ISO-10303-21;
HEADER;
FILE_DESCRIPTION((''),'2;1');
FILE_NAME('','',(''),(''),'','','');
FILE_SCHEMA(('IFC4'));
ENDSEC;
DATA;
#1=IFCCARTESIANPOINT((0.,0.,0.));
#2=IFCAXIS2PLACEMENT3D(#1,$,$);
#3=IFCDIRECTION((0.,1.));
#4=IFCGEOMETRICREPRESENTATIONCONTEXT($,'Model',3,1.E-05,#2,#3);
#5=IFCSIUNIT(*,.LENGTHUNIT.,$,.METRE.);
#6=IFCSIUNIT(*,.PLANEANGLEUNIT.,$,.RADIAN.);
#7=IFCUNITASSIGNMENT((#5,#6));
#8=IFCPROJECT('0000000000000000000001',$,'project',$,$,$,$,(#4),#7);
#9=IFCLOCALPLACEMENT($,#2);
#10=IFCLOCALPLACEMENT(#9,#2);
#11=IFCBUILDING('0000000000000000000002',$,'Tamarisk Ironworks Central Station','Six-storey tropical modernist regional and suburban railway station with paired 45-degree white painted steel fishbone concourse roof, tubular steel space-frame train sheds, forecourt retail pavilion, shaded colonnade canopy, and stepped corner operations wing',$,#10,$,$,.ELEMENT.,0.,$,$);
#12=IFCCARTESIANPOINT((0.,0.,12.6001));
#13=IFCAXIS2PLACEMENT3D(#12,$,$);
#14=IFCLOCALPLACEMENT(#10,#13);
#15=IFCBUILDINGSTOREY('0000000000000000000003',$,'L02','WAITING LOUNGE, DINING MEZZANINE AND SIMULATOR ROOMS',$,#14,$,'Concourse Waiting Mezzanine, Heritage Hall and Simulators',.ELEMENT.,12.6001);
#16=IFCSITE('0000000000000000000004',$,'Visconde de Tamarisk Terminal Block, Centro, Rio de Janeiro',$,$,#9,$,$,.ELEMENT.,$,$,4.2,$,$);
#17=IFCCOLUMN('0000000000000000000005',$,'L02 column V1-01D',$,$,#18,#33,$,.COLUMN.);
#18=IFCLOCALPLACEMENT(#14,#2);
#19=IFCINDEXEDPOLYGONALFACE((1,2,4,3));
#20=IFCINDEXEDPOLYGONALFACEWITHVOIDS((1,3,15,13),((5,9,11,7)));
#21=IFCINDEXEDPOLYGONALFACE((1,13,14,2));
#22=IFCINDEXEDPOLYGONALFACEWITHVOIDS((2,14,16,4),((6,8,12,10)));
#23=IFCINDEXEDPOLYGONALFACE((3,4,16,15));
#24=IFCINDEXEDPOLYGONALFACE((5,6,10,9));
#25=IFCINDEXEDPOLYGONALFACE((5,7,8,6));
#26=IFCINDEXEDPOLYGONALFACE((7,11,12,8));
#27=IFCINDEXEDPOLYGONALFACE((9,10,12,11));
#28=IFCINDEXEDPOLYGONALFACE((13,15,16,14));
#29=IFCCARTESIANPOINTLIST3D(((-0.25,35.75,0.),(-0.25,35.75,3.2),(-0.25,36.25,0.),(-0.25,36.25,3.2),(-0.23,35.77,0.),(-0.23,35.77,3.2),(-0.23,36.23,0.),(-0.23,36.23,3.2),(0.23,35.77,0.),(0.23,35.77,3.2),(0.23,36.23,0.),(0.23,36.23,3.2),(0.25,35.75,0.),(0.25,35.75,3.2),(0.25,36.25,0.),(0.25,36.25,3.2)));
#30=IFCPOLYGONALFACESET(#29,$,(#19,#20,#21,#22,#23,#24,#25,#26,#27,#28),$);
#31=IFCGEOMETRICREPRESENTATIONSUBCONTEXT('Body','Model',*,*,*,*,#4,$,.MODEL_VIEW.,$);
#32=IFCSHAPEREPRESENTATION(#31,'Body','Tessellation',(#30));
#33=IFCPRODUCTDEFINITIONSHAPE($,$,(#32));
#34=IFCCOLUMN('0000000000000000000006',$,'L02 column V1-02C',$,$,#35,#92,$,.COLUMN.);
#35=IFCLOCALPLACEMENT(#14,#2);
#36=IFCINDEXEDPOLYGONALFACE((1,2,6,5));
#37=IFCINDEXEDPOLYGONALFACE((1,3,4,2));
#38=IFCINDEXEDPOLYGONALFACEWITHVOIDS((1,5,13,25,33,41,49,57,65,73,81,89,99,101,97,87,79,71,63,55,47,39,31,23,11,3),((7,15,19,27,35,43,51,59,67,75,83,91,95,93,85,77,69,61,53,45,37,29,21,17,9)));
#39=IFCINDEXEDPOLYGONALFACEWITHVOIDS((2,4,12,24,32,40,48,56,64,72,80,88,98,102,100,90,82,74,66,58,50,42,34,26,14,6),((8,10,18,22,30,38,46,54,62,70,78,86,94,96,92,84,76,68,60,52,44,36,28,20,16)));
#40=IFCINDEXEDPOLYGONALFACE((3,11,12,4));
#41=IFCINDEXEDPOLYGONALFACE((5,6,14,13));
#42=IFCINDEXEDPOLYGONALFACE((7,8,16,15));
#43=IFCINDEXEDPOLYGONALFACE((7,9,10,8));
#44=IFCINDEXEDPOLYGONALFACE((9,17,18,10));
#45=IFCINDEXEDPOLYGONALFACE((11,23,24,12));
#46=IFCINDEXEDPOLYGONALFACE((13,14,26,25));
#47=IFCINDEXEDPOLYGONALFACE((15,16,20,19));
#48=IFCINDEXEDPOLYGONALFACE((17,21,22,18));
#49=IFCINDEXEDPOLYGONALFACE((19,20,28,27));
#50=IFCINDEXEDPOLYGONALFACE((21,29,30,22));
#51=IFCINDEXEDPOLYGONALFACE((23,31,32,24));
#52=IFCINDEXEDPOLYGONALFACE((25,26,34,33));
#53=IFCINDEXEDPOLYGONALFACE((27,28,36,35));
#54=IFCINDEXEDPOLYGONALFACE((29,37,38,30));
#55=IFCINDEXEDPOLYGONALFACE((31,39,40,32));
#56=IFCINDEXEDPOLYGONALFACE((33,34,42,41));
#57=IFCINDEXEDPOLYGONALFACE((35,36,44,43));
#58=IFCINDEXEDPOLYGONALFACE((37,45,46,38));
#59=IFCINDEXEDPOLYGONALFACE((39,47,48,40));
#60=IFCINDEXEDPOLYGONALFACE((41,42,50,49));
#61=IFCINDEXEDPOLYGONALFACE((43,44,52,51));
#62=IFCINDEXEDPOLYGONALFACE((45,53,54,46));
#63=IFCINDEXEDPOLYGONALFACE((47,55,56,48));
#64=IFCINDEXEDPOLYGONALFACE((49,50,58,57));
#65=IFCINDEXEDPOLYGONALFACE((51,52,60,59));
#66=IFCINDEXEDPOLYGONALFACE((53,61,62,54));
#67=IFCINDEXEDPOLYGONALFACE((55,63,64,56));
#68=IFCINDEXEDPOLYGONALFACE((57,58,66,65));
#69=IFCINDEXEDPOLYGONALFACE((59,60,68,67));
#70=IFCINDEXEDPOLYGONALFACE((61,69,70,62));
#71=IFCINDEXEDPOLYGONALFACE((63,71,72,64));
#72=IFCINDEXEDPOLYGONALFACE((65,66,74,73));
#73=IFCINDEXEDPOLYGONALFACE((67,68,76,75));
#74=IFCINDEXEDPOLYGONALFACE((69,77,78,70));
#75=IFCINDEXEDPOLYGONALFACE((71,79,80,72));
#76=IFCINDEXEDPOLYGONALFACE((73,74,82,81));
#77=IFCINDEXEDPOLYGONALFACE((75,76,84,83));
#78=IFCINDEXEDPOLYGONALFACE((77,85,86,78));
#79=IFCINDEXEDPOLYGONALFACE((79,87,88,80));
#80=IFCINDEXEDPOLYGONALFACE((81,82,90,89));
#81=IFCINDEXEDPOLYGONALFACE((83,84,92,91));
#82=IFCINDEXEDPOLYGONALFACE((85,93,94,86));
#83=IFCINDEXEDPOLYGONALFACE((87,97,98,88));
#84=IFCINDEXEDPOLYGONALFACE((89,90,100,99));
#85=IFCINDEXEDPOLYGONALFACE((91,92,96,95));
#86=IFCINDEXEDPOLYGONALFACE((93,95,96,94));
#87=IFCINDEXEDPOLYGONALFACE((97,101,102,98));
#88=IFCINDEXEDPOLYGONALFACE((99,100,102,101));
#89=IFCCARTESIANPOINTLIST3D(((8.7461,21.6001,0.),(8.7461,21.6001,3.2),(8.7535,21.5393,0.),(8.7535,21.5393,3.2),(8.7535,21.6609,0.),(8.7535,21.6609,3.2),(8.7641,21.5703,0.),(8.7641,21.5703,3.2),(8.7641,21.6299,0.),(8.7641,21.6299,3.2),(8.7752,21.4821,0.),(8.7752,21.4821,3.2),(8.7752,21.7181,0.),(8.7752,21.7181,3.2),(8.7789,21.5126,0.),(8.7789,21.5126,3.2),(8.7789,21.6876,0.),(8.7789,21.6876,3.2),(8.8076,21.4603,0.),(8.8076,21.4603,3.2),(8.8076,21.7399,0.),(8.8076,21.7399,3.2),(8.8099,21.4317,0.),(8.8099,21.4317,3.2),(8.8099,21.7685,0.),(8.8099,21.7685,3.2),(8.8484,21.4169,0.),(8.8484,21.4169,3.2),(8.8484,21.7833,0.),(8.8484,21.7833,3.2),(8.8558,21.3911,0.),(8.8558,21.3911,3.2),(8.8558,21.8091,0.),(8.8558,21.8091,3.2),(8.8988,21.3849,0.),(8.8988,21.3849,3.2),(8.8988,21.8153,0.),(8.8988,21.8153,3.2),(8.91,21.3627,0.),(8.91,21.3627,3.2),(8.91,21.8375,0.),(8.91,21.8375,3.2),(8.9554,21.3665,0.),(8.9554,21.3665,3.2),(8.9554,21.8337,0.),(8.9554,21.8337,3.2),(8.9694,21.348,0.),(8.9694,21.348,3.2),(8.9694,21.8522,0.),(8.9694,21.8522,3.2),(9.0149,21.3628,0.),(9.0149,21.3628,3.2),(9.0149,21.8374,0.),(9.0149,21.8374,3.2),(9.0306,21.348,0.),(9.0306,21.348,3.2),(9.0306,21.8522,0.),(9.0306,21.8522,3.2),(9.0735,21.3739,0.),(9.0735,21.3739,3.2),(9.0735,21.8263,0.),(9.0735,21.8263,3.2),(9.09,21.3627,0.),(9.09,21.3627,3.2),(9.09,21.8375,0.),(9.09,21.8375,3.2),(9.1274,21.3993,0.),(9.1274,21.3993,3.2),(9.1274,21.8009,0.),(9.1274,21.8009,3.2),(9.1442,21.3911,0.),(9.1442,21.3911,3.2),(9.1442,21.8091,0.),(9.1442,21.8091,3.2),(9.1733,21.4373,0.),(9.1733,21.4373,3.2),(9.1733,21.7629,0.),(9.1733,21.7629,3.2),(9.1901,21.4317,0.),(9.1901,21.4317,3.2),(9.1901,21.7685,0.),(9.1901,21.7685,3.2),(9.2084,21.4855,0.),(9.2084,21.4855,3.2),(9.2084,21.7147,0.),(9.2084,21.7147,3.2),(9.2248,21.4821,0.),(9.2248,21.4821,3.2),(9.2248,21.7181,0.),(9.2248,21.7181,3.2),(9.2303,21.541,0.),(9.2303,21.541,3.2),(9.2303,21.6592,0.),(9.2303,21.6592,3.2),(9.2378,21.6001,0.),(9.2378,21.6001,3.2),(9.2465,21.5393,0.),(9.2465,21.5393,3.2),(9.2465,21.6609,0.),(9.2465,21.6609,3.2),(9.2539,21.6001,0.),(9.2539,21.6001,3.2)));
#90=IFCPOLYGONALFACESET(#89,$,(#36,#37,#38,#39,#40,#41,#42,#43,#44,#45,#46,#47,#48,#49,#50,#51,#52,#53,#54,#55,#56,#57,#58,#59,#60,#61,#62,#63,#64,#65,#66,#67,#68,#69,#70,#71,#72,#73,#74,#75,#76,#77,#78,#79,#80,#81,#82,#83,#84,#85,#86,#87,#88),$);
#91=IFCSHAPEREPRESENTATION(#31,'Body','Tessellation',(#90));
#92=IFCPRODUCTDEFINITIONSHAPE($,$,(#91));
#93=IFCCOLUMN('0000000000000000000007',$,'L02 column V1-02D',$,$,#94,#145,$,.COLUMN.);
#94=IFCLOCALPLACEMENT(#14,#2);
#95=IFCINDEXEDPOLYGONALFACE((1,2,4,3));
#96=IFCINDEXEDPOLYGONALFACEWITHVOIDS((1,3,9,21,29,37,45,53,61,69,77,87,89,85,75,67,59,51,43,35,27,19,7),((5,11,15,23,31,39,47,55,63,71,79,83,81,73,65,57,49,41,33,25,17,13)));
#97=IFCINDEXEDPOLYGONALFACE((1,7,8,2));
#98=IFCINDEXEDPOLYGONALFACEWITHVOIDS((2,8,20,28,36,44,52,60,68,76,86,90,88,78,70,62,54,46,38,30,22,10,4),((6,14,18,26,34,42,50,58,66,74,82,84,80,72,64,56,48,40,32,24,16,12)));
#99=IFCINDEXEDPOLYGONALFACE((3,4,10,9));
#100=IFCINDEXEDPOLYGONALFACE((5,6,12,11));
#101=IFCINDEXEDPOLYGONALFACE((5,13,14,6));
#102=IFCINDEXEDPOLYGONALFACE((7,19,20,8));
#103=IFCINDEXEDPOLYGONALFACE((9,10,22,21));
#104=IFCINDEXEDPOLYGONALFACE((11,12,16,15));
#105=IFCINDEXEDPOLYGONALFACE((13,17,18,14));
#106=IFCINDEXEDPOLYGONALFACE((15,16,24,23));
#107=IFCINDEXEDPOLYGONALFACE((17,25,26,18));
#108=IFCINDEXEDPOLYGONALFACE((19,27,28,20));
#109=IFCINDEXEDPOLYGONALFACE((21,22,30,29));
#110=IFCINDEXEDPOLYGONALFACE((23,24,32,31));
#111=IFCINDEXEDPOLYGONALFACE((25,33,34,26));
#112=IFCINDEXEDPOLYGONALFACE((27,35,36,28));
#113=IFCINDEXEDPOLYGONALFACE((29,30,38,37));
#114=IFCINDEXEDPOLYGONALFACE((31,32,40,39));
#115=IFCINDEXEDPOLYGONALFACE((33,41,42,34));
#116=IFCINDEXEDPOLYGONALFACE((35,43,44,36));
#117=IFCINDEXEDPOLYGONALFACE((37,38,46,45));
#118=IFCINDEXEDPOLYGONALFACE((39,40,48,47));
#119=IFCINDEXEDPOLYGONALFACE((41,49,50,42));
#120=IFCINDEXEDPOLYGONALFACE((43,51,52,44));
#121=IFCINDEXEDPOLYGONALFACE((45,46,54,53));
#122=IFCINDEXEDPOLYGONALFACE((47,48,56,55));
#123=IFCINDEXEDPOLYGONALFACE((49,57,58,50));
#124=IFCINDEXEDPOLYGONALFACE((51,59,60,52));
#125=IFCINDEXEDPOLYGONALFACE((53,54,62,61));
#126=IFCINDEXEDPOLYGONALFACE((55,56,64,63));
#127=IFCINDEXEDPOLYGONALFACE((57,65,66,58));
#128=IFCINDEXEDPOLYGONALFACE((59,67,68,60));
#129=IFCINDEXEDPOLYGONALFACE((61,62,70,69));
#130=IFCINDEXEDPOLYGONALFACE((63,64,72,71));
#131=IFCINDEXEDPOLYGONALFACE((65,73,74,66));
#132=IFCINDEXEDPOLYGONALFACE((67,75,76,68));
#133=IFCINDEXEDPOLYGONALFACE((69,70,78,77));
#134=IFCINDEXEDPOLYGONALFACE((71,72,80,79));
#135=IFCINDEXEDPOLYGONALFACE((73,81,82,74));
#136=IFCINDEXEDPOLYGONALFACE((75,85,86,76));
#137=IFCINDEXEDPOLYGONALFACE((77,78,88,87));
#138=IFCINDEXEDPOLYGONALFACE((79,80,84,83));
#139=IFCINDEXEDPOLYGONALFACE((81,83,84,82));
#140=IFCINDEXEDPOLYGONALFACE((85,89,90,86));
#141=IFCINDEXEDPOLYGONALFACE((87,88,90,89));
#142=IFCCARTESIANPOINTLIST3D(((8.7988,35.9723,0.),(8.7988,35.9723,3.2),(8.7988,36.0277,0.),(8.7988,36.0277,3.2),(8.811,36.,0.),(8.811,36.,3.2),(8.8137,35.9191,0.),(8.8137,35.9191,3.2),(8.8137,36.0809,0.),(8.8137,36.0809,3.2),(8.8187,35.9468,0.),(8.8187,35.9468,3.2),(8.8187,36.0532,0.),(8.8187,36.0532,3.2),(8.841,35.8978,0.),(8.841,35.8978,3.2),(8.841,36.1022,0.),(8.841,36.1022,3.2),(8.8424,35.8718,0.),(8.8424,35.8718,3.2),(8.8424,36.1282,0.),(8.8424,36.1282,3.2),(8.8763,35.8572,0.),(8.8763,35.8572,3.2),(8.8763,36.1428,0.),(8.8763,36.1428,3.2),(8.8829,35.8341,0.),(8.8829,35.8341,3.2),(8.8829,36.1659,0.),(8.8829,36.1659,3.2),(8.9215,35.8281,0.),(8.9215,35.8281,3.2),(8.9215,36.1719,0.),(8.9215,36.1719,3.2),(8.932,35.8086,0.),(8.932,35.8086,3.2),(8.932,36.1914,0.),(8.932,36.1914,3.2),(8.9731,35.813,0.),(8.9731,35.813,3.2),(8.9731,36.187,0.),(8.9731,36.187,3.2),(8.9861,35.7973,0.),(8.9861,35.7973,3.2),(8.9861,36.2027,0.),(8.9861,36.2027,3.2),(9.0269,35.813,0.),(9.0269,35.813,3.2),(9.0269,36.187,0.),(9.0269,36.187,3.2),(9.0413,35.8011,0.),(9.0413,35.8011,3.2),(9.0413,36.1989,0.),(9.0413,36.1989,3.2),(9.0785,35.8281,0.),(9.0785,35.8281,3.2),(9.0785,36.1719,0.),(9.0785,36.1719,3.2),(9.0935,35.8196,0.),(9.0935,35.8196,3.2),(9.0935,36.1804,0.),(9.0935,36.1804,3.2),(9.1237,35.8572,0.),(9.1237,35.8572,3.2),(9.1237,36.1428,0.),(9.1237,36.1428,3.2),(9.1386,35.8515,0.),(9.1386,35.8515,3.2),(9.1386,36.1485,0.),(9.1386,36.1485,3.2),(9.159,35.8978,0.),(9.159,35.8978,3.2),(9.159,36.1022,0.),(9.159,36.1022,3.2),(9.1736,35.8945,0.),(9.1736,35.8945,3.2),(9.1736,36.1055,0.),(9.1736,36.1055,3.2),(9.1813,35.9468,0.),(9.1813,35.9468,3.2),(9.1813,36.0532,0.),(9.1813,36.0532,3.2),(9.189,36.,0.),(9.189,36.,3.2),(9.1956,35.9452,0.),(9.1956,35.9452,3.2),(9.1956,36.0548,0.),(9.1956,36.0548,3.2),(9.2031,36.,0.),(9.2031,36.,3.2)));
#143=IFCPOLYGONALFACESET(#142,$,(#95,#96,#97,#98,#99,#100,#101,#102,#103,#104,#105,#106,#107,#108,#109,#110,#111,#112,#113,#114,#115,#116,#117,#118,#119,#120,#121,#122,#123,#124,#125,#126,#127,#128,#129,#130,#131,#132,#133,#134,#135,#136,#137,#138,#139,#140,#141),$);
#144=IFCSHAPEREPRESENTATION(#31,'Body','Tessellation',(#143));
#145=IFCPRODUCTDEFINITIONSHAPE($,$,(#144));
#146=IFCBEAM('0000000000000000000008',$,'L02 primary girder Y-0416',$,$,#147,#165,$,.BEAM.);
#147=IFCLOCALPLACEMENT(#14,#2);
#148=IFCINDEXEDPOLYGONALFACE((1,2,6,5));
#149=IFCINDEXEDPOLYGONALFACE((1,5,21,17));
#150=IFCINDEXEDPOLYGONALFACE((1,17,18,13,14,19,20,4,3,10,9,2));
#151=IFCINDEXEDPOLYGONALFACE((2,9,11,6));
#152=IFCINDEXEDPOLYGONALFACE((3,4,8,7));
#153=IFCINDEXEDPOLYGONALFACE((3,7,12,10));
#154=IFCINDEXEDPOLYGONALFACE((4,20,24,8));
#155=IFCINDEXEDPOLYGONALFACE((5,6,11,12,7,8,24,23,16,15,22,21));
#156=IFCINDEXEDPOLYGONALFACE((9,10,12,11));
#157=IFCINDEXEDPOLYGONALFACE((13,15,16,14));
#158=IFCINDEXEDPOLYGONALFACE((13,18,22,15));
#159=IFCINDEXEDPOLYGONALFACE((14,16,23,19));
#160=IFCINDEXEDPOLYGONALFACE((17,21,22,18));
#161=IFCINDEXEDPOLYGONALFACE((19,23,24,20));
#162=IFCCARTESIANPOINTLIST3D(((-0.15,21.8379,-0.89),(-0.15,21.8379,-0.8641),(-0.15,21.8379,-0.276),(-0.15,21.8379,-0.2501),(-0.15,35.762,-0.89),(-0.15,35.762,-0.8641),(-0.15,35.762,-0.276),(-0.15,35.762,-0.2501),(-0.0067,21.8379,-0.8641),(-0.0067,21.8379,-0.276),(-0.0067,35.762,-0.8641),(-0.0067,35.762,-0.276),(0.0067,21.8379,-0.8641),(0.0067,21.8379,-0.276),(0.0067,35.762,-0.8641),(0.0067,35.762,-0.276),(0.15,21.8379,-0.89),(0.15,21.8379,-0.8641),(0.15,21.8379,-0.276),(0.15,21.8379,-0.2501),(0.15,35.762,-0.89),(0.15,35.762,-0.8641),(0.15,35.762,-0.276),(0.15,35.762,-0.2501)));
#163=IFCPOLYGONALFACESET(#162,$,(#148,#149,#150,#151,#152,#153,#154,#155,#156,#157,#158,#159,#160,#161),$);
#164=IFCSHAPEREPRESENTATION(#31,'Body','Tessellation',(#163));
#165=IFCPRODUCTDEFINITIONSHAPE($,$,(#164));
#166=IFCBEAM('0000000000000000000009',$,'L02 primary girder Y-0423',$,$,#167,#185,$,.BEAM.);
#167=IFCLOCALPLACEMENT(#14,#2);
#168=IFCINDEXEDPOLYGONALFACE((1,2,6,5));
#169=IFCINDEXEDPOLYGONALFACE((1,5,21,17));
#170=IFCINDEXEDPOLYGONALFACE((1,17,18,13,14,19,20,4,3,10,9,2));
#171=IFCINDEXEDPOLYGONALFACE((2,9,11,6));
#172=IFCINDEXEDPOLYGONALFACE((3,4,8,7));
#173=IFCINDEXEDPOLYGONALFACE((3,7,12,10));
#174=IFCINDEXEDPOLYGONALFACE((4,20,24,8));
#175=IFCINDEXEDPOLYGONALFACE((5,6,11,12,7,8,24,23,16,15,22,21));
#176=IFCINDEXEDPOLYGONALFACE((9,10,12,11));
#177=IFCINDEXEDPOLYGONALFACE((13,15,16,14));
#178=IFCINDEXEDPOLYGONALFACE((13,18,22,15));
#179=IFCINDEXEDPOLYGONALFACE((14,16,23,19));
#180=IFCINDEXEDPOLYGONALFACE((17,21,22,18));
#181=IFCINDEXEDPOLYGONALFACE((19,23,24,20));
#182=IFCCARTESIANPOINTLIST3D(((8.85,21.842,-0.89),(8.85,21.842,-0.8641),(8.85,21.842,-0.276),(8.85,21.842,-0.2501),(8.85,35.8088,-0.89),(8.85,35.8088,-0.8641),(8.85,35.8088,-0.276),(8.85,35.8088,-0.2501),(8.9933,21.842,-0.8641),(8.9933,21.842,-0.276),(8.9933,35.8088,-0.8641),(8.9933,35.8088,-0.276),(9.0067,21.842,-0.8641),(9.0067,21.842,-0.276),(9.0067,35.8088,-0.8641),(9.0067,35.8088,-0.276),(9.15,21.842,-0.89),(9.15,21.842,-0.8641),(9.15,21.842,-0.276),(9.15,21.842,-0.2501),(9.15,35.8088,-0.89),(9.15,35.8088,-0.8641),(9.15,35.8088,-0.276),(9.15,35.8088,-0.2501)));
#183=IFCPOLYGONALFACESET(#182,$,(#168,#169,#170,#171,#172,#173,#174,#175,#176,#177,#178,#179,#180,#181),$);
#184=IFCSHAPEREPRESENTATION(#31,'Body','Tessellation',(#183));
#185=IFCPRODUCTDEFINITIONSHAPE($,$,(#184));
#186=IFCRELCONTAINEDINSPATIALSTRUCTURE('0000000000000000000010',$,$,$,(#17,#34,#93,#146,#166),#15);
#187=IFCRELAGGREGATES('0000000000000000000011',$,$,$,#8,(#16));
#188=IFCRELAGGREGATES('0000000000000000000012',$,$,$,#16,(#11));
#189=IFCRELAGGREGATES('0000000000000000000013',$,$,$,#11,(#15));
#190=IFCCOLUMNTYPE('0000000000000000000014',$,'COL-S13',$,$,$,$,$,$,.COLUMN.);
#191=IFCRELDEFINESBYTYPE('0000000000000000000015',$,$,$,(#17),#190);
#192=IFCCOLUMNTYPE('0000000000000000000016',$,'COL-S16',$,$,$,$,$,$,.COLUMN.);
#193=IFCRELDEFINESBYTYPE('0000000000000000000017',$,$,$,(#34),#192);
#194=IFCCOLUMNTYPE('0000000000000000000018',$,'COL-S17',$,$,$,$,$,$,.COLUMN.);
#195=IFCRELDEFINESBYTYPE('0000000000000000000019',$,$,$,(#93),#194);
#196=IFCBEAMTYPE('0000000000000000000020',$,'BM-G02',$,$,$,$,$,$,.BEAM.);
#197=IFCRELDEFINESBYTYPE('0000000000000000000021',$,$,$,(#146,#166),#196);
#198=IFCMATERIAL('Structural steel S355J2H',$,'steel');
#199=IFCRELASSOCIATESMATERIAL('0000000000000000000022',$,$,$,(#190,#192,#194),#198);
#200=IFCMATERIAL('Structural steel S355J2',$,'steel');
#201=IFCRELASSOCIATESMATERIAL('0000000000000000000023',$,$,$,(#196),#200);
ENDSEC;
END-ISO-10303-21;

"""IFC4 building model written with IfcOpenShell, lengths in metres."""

from ifc_helpers import new_model, si_unit, direction, frame, origin, origin_2d, place, context, subcontext, project, spatial, hollow_rectangle, hollow_circle, i_section, extrude, material, material_profile, profile_set, type_object, element, save


model = new_model("IFC4")

# Units and contexts
model_context = context("Model", 3, precision=1e-05, world=origin(), true_north=direction((0.0, 1.0)))
body_context = subcontext(model_context, "Body", "Model", "MODEL_VIEW")
ifc_project = project(units=[si_unit("LENGTHUNIT", "METRE"), si_unit("PLANEANGLEUNIT", "RADIAN")], contexts=[model_context])

# Site, building, storey
site_placement = place(None, origin())
site = spatial("IfcSite", under=ifc_project, at=site_placement, Name="Visconde de Tamarisk Terminal Block, Centro, Rio de Janeiro", CompositionType="ELEMENT", RefElevation=4.2)
building_placement = place(site_placement, origin())
building = spatial("IfcBuilding", under=site, at=building_placement, Name="Tamarisk Ironworks Central Station", Description="Six-storey tropical modernist regional and suburban railway station with paired 45-degree white painted steel fishbone concourse roof, tubular steel space-frame train sheds, forecourt retail pavilion, shaded colonnade canopy, and stepped corner operations wing", CompositionType="ELEMENT", ElevationOfRefHeight=0.0)
storey_placement = place(building_placement, frame((0.0, 0.0, 12.6001)))
storey = spatial("IfcBuildingStorey", under=building, at=storey_placement, Name="L02", Description="WAITING LOUNGE, DINING MEZZANINE AND SIMULATOR ROOMS", LongName="Concourse Waiting Mezzanine, Heritage Hall and Simulators", CompositionType="ELEMENT", Elevation=12.6001)

# Columns
ifc_material_1 = material(Name="Structural steel S355J2H", Category="steel")
ifc_material_profile_1 = material_profile(ifc_material_1, hollow_rectangle(XDim=0.5, YDim=0.5, WallThickness=0.02, at=origin_2d()), Name="SHS 500x500x20")
ifc_profile_set_1 = profile_set([ifc_material_profile_1], Name="Structural steel S355J2H")
column_type_1 = type_object("IfcColumnType", Name="COL-S13", PredefinedType="COLUMN", material=ifc_profile_set_1)
column_1_placement = place(storey_placement, frame((0.0, 36.0, 0.0), z_axis=(0.0, 0.0, 1.0), x_axis=(1.0, 0.0, 0.0)))
element("IfcColumn", 1, at=column_1_placement, inside=storey, type_object=column_type_1, Name="L02 column V1-01D", PredefinedType="COLUMN", context=body_context, shape_type="SweptSolid", body=[
    extrude(hollow_rectangle(XDim=0.5, YDim=0.5, WallThickness=0.02, at=origin_2d()), origin(), (0.0, 0.0, 1.0), 3.2),
])
ifc_material_profile_2 = material_profile(ifc_material_1, hollow_circle(Radius=0.2539, WallThickness=0.0161, at=origin_2d()), Name="CHS 508x16")
ifc_profile_set_2 = profile_set([ifc_material_profile_2], Name="Structural steel S355J2H")
column_type_2 = type_object("IfcColumnType", Name="COL-S16", PredefinedType="COLUMN", material=ifc_profile_set_2)
column_2_placement = place(storey_placement, frame((9.0, 21.6001, 0.0), z_axis=(0.0, 0.0, 1.0), x_axis=(1.0, 0.0, 0.0)))
element("IfcColumn", 2, at=column_2_placement, inside=storey, type_object=column_type_2, Name="L02 column V1-02C", PredefinedType="COLUMN", context=body_context, shape_type="SweptSolid", body=[
    extrude(hollow_circle(Radius=0.2539, WallThickness=0.0161, at=origin_2d()), origin(), (0.0, 0.0, 1.0), 3.2),
])
ifc_material_profile_3 = material_profile(ifc_material_1, hollow_circle(Radius=0.2031, WallThickness=0.0142, at=origin_2d()), Name="CHS 406.4x14.2")
ifc_profile_set_3 = profile_set([ifc_material_profile_3], Name="Structural steel S355J2H")
column_type_3 = type_object("IfcColumnType", Name="COL-S17", PredefinedType="COLUMN", material=ifc_profile_set_3)
column_3_placement = place(storey_placement, frame((9.0, 36.0, 0.0), z_axis=(0.0, 0.0, 1.0), x_axis=(1.0, 0.0, 0.0)))
element("IfcColumn", 3, at=column_3_placement, inside=storey, type_object=column_type_3, Name="L02 column V1-02D", PredefinedType="COLUMN", context=body_context, shape_type="SweptSolid", body=[
    extrude(hollow_circle(Radius=0.2031, WallThickness=0.0142, at=origin_2d()), origin(), (0.0, 0.0, 1.0), 3.2),
])

# Beams
ifc_material_2 = material(Name="Structural steel S355J2", Category="steel")
ifc_material_profile_4 = material_profile(ifc_material_2, i_section(OverallWidth=0.3, OverallDepth=0.6399, WebThickness=0.0134, FlangeThickness=0.0259, at=origin_2d()), Name="HEA 650")
ifc_profile_set_4 = profile_set([ifc_material_profile_4], Name="Structural steel S355J2")
beam_type_1 = type_object("IfcBeamType", Name="BM-G02", PredefinedType="BEAM", material=ifc_profile_set_4)
beam_1_placement = place(storey_placement, frame((0.0, 21.8379, -0.5701), z_axis=(0.0, 1.0, 0.0), x_axis=(-1.0, 0.0, 0.0)))
element("IfcBeam", 4, at=beam_1_placement, inside=storey, type_object=beam_type_1, Name="L02 primary girder Y-0416", PredefinedType="BEAM", context=body_context, shape_type="SweptSolid", body=[
    extrude(i_section(OverallWidth=0.3, OverallDepth=0.6399, WebThickness=0.0134, FlangeThickness=0.0259, at=origin_2d()), origin(), (0.0, 0.0, 1.0), 13.9241),
])
beam_2_placement = place(storey_placement, frame((9.0, 21.842, -0.5701), z_axis=(0.0, 1.0, 0.0), x_axis=(-1.0, 0.0, 0.0)))
element("IfcBeam", 5, at=beam_2_placement, inside=storey, type_object=beam_type_1, Name="L02 primary girder Y-0423", PredefinedType="BEAM", context=body_context, shape_type="SweptSolid", body=[
    extrude(i_section(OverallWidth=0.3, OverallDepth=0.6399, WebThickness=0.0134, FlangeThickness=0.0259, at=origin_2d()), origin(), (0.0, 0.0, 1.0), 13.9668),
])

save(model, "model.ifc")
